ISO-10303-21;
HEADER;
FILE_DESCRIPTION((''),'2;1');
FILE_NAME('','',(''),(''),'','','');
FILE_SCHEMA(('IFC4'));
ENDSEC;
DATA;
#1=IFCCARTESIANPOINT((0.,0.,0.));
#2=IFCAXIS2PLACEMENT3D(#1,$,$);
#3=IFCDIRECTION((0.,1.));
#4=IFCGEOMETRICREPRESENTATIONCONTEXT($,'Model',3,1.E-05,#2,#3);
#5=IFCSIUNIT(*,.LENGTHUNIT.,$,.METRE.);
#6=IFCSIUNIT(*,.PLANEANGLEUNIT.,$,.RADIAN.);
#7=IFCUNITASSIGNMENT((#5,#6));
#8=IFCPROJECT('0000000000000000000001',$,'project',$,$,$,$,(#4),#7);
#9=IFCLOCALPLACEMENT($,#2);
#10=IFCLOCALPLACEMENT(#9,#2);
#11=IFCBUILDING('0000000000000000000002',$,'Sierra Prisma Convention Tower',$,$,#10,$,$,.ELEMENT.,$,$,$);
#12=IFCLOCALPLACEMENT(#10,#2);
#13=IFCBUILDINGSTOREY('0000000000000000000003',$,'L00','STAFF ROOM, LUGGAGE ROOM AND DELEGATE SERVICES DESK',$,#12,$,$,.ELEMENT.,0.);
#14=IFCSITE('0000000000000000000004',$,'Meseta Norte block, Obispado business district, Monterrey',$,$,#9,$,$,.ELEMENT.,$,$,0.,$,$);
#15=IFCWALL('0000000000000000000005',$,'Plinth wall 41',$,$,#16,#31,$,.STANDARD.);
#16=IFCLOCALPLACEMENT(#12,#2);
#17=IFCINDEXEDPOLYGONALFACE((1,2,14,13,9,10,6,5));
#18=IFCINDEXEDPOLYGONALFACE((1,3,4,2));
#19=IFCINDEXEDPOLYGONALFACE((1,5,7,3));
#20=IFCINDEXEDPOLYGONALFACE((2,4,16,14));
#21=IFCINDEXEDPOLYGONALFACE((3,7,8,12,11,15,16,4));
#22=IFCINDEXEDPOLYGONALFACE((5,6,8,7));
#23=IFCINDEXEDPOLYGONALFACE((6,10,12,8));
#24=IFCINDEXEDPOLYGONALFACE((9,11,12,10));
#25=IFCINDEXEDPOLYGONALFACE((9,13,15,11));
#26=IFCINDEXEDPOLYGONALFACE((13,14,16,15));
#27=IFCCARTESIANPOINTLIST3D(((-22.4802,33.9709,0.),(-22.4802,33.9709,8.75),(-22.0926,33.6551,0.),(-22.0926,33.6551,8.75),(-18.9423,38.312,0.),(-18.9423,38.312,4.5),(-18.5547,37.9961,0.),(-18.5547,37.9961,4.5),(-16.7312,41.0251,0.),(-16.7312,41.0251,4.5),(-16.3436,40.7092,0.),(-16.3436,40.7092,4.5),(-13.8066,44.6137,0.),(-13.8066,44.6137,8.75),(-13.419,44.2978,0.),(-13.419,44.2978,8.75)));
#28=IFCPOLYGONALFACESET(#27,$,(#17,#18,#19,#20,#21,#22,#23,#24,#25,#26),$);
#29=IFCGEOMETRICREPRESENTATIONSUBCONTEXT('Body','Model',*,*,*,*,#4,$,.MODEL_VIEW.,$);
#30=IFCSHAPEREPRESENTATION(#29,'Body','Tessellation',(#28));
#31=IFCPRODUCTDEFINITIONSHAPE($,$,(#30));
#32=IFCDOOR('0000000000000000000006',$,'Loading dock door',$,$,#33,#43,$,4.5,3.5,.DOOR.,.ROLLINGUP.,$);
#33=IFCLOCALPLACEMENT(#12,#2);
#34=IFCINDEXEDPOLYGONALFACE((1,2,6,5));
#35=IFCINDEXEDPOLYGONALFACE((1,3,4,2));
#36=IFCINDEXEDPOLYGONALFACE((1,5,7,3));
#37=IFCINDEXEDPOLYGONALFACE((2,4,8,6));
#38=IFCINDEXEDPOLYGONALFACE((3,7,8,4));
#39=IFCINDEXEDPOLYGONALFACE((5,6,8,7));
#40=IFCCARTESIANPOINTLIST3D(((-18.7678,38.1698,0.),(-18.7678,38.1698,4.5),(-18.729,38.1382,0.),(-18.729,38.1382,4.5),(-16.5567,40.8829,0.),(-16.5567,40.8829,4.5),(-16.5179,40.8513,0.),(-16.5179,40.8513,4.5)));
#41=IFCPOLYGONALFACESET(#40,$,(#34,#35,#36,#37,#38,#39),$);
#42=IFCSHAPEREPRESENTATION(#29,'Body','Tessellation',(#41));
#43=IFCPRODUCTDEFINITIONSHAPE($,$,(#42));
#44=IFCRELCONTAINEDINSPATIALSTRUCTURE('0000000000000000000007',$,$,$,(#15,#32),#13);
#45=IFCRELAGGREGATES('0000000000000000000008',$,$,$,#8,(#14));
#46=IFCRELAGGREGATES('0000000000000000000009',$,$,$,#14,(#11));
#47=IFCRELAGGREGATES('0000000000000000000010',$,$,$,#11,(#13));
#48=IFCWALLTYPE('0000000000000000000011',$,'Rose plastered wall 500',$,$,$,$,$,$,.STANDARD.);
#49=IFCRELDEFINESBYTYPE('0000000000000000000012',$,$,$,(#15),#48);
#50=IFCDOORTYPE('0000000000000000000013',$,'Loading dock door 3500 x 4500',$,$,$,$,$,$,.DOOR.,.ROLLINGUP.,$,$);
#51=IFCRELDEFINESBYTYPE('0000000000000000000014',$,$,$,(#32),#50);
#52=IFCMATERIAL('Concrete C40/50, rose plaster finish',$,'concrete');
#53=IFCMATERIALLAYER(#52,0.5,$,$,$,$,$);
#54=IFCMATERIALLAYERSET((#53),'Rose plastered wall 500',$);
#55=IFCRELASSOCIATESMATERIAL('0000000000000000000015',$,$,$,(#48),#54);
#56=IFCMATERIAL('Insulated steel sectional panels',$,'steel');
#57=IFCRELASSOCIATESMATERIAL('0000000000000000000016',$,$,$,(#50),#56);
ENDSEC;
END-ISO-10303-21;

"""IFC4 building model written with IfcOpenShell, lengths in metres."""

from ifc_helpers import new_model, si_unit, direction, frame, frame_2d, origin, place, context, subcontext, project, spatial, rectangle, extrude, material, layer, layer_set, type_object, element, fill, save


model = new_model("IFC4")

# Units and contexts
model_context = context("Model", 3, precision=1e-05, world=origin(), true_north=direction((0.0, 1.0)))
body_context = subcontext(model_context, "Body", "Model", "MODEL_VIEW")
ifc_project = project(units=[si_unit("LENGTHUNIT", "METRE"), si_unit("PLANEANGLEUNIT", "RADIAN")], contexts=[model_context])

# Site, building, storey
site_placement = place(None, origin())
site = spatial("IfcSite", under=ifc_project, at=site_placement, Name="Meseta Norte block, Obispado business district, Monterrey", CompositionType="ELEMENT", RefElevation=0.0)
building_placement = place(site_placement, origin())
building = spatial("IfcBuilding", under=site, at=building_placement, Name="Sierra Prisma Convention Tower", CompositionType="ELEMENT")
storey_placement = place(building_placement, origin())
storey = spatial("IfcBuildingStorey", under=building, at=storey_placement, Name="L00", Description="STAFF ROOM, LUGGAGE ROOM AND DELEGATE SERVICES DESK", CompositionType="ELEMENT", Elevation=0.0)

# Shared definitions
ifc_material_1 = material(Name="Concrete C40/50, rose plaster finish", Category="concrete")
ifc_layer_1 = layer(ifc_material_1, 0.5)
ifc_layer_set_1 = layer_set([ifc_layer_1], Name="Rose plastered wall 500")
wall_type_1 = type_object("IfcWallType", Name="Rose plastered wall 500", PredefinedType="STANDARD", material=ifc_layer_set_1)

# Wall, opening, door
wall_1_placement = place(storey_placement, frame((-22.2864, 33.813, 0.0), z_axis=(0.0, 0.0, 1.0), x_axis=(0.631745, 0.775176, 0.0)))
wall_1 = element("IfcWall", 1, at=wall_1_placement, inside=storey, type_object=wall_type_1, Name="Plinth wall 41", PredefinedType="STANDARD", context=body_context, shape_type="SweptSolid", body=[
    extrude(rectangle(XDim=13.7295, YDim=0.5, at=frame_2d((6.8647, 0.0))), origin(), (0.0, 0.0, 1.0), 8.75),
])
opening_1_placement = place(wall_1_placement, frame((5.6001, 0.0, 0.0)))
opening_1 = element("IfcOpeningElement", 2, at=opening_1_placement, cuts=wall_1, PredefinedType="OPENING", context=body_context, shape_type="SweptSolid", body=[
    extrude(rectangle(XDim=3.5, YDim=4.5, at=frame_2d((1.75, 2.25))), frame((0.0, 0.25, 0.0), z_axis=(0.0, -1.0, 0.0), x_axis=(1.0, 0.0, 0.0)), (0.0, 0.0, 1.0), 0.5),
])
ifc_material_2 = material(Name="Insulated steel sectional panels", Category="steel")
door_type_1 = type_object("IfcDoorType", Name="Loading dock door 3500 x 4500", OperationType="ROLLINGUP", PredefinedType="DOOR", material=ifc_material_2)
door_1_placement = place(opening_1_placement, origin())
door_1 = element("IfcDoor", 3, at=door_1_placement, inside=storey, type_object=door_type_1, Name="Loading dock door", OperationType="ROLLINGUP", OverallHeight=4.5, OverallWidth=3.5, PredefinedType="DOOR", context=body_context, shape_type="SweptSolid", body=[
    extrude(rectangle(XDim=3.5, YDim=4.5, at=frame_2d((1.75, 2.25))), frame((0.0, 0.0249, 0.0), z_axis=(0.0, -1.0, 0.0), x_axis=(1.0, 0.0, 0.0)), (0.0, 0.0, 1.0), 0.05),
])
fill(opening_1, door_1)

save(model, "model.ifc")
